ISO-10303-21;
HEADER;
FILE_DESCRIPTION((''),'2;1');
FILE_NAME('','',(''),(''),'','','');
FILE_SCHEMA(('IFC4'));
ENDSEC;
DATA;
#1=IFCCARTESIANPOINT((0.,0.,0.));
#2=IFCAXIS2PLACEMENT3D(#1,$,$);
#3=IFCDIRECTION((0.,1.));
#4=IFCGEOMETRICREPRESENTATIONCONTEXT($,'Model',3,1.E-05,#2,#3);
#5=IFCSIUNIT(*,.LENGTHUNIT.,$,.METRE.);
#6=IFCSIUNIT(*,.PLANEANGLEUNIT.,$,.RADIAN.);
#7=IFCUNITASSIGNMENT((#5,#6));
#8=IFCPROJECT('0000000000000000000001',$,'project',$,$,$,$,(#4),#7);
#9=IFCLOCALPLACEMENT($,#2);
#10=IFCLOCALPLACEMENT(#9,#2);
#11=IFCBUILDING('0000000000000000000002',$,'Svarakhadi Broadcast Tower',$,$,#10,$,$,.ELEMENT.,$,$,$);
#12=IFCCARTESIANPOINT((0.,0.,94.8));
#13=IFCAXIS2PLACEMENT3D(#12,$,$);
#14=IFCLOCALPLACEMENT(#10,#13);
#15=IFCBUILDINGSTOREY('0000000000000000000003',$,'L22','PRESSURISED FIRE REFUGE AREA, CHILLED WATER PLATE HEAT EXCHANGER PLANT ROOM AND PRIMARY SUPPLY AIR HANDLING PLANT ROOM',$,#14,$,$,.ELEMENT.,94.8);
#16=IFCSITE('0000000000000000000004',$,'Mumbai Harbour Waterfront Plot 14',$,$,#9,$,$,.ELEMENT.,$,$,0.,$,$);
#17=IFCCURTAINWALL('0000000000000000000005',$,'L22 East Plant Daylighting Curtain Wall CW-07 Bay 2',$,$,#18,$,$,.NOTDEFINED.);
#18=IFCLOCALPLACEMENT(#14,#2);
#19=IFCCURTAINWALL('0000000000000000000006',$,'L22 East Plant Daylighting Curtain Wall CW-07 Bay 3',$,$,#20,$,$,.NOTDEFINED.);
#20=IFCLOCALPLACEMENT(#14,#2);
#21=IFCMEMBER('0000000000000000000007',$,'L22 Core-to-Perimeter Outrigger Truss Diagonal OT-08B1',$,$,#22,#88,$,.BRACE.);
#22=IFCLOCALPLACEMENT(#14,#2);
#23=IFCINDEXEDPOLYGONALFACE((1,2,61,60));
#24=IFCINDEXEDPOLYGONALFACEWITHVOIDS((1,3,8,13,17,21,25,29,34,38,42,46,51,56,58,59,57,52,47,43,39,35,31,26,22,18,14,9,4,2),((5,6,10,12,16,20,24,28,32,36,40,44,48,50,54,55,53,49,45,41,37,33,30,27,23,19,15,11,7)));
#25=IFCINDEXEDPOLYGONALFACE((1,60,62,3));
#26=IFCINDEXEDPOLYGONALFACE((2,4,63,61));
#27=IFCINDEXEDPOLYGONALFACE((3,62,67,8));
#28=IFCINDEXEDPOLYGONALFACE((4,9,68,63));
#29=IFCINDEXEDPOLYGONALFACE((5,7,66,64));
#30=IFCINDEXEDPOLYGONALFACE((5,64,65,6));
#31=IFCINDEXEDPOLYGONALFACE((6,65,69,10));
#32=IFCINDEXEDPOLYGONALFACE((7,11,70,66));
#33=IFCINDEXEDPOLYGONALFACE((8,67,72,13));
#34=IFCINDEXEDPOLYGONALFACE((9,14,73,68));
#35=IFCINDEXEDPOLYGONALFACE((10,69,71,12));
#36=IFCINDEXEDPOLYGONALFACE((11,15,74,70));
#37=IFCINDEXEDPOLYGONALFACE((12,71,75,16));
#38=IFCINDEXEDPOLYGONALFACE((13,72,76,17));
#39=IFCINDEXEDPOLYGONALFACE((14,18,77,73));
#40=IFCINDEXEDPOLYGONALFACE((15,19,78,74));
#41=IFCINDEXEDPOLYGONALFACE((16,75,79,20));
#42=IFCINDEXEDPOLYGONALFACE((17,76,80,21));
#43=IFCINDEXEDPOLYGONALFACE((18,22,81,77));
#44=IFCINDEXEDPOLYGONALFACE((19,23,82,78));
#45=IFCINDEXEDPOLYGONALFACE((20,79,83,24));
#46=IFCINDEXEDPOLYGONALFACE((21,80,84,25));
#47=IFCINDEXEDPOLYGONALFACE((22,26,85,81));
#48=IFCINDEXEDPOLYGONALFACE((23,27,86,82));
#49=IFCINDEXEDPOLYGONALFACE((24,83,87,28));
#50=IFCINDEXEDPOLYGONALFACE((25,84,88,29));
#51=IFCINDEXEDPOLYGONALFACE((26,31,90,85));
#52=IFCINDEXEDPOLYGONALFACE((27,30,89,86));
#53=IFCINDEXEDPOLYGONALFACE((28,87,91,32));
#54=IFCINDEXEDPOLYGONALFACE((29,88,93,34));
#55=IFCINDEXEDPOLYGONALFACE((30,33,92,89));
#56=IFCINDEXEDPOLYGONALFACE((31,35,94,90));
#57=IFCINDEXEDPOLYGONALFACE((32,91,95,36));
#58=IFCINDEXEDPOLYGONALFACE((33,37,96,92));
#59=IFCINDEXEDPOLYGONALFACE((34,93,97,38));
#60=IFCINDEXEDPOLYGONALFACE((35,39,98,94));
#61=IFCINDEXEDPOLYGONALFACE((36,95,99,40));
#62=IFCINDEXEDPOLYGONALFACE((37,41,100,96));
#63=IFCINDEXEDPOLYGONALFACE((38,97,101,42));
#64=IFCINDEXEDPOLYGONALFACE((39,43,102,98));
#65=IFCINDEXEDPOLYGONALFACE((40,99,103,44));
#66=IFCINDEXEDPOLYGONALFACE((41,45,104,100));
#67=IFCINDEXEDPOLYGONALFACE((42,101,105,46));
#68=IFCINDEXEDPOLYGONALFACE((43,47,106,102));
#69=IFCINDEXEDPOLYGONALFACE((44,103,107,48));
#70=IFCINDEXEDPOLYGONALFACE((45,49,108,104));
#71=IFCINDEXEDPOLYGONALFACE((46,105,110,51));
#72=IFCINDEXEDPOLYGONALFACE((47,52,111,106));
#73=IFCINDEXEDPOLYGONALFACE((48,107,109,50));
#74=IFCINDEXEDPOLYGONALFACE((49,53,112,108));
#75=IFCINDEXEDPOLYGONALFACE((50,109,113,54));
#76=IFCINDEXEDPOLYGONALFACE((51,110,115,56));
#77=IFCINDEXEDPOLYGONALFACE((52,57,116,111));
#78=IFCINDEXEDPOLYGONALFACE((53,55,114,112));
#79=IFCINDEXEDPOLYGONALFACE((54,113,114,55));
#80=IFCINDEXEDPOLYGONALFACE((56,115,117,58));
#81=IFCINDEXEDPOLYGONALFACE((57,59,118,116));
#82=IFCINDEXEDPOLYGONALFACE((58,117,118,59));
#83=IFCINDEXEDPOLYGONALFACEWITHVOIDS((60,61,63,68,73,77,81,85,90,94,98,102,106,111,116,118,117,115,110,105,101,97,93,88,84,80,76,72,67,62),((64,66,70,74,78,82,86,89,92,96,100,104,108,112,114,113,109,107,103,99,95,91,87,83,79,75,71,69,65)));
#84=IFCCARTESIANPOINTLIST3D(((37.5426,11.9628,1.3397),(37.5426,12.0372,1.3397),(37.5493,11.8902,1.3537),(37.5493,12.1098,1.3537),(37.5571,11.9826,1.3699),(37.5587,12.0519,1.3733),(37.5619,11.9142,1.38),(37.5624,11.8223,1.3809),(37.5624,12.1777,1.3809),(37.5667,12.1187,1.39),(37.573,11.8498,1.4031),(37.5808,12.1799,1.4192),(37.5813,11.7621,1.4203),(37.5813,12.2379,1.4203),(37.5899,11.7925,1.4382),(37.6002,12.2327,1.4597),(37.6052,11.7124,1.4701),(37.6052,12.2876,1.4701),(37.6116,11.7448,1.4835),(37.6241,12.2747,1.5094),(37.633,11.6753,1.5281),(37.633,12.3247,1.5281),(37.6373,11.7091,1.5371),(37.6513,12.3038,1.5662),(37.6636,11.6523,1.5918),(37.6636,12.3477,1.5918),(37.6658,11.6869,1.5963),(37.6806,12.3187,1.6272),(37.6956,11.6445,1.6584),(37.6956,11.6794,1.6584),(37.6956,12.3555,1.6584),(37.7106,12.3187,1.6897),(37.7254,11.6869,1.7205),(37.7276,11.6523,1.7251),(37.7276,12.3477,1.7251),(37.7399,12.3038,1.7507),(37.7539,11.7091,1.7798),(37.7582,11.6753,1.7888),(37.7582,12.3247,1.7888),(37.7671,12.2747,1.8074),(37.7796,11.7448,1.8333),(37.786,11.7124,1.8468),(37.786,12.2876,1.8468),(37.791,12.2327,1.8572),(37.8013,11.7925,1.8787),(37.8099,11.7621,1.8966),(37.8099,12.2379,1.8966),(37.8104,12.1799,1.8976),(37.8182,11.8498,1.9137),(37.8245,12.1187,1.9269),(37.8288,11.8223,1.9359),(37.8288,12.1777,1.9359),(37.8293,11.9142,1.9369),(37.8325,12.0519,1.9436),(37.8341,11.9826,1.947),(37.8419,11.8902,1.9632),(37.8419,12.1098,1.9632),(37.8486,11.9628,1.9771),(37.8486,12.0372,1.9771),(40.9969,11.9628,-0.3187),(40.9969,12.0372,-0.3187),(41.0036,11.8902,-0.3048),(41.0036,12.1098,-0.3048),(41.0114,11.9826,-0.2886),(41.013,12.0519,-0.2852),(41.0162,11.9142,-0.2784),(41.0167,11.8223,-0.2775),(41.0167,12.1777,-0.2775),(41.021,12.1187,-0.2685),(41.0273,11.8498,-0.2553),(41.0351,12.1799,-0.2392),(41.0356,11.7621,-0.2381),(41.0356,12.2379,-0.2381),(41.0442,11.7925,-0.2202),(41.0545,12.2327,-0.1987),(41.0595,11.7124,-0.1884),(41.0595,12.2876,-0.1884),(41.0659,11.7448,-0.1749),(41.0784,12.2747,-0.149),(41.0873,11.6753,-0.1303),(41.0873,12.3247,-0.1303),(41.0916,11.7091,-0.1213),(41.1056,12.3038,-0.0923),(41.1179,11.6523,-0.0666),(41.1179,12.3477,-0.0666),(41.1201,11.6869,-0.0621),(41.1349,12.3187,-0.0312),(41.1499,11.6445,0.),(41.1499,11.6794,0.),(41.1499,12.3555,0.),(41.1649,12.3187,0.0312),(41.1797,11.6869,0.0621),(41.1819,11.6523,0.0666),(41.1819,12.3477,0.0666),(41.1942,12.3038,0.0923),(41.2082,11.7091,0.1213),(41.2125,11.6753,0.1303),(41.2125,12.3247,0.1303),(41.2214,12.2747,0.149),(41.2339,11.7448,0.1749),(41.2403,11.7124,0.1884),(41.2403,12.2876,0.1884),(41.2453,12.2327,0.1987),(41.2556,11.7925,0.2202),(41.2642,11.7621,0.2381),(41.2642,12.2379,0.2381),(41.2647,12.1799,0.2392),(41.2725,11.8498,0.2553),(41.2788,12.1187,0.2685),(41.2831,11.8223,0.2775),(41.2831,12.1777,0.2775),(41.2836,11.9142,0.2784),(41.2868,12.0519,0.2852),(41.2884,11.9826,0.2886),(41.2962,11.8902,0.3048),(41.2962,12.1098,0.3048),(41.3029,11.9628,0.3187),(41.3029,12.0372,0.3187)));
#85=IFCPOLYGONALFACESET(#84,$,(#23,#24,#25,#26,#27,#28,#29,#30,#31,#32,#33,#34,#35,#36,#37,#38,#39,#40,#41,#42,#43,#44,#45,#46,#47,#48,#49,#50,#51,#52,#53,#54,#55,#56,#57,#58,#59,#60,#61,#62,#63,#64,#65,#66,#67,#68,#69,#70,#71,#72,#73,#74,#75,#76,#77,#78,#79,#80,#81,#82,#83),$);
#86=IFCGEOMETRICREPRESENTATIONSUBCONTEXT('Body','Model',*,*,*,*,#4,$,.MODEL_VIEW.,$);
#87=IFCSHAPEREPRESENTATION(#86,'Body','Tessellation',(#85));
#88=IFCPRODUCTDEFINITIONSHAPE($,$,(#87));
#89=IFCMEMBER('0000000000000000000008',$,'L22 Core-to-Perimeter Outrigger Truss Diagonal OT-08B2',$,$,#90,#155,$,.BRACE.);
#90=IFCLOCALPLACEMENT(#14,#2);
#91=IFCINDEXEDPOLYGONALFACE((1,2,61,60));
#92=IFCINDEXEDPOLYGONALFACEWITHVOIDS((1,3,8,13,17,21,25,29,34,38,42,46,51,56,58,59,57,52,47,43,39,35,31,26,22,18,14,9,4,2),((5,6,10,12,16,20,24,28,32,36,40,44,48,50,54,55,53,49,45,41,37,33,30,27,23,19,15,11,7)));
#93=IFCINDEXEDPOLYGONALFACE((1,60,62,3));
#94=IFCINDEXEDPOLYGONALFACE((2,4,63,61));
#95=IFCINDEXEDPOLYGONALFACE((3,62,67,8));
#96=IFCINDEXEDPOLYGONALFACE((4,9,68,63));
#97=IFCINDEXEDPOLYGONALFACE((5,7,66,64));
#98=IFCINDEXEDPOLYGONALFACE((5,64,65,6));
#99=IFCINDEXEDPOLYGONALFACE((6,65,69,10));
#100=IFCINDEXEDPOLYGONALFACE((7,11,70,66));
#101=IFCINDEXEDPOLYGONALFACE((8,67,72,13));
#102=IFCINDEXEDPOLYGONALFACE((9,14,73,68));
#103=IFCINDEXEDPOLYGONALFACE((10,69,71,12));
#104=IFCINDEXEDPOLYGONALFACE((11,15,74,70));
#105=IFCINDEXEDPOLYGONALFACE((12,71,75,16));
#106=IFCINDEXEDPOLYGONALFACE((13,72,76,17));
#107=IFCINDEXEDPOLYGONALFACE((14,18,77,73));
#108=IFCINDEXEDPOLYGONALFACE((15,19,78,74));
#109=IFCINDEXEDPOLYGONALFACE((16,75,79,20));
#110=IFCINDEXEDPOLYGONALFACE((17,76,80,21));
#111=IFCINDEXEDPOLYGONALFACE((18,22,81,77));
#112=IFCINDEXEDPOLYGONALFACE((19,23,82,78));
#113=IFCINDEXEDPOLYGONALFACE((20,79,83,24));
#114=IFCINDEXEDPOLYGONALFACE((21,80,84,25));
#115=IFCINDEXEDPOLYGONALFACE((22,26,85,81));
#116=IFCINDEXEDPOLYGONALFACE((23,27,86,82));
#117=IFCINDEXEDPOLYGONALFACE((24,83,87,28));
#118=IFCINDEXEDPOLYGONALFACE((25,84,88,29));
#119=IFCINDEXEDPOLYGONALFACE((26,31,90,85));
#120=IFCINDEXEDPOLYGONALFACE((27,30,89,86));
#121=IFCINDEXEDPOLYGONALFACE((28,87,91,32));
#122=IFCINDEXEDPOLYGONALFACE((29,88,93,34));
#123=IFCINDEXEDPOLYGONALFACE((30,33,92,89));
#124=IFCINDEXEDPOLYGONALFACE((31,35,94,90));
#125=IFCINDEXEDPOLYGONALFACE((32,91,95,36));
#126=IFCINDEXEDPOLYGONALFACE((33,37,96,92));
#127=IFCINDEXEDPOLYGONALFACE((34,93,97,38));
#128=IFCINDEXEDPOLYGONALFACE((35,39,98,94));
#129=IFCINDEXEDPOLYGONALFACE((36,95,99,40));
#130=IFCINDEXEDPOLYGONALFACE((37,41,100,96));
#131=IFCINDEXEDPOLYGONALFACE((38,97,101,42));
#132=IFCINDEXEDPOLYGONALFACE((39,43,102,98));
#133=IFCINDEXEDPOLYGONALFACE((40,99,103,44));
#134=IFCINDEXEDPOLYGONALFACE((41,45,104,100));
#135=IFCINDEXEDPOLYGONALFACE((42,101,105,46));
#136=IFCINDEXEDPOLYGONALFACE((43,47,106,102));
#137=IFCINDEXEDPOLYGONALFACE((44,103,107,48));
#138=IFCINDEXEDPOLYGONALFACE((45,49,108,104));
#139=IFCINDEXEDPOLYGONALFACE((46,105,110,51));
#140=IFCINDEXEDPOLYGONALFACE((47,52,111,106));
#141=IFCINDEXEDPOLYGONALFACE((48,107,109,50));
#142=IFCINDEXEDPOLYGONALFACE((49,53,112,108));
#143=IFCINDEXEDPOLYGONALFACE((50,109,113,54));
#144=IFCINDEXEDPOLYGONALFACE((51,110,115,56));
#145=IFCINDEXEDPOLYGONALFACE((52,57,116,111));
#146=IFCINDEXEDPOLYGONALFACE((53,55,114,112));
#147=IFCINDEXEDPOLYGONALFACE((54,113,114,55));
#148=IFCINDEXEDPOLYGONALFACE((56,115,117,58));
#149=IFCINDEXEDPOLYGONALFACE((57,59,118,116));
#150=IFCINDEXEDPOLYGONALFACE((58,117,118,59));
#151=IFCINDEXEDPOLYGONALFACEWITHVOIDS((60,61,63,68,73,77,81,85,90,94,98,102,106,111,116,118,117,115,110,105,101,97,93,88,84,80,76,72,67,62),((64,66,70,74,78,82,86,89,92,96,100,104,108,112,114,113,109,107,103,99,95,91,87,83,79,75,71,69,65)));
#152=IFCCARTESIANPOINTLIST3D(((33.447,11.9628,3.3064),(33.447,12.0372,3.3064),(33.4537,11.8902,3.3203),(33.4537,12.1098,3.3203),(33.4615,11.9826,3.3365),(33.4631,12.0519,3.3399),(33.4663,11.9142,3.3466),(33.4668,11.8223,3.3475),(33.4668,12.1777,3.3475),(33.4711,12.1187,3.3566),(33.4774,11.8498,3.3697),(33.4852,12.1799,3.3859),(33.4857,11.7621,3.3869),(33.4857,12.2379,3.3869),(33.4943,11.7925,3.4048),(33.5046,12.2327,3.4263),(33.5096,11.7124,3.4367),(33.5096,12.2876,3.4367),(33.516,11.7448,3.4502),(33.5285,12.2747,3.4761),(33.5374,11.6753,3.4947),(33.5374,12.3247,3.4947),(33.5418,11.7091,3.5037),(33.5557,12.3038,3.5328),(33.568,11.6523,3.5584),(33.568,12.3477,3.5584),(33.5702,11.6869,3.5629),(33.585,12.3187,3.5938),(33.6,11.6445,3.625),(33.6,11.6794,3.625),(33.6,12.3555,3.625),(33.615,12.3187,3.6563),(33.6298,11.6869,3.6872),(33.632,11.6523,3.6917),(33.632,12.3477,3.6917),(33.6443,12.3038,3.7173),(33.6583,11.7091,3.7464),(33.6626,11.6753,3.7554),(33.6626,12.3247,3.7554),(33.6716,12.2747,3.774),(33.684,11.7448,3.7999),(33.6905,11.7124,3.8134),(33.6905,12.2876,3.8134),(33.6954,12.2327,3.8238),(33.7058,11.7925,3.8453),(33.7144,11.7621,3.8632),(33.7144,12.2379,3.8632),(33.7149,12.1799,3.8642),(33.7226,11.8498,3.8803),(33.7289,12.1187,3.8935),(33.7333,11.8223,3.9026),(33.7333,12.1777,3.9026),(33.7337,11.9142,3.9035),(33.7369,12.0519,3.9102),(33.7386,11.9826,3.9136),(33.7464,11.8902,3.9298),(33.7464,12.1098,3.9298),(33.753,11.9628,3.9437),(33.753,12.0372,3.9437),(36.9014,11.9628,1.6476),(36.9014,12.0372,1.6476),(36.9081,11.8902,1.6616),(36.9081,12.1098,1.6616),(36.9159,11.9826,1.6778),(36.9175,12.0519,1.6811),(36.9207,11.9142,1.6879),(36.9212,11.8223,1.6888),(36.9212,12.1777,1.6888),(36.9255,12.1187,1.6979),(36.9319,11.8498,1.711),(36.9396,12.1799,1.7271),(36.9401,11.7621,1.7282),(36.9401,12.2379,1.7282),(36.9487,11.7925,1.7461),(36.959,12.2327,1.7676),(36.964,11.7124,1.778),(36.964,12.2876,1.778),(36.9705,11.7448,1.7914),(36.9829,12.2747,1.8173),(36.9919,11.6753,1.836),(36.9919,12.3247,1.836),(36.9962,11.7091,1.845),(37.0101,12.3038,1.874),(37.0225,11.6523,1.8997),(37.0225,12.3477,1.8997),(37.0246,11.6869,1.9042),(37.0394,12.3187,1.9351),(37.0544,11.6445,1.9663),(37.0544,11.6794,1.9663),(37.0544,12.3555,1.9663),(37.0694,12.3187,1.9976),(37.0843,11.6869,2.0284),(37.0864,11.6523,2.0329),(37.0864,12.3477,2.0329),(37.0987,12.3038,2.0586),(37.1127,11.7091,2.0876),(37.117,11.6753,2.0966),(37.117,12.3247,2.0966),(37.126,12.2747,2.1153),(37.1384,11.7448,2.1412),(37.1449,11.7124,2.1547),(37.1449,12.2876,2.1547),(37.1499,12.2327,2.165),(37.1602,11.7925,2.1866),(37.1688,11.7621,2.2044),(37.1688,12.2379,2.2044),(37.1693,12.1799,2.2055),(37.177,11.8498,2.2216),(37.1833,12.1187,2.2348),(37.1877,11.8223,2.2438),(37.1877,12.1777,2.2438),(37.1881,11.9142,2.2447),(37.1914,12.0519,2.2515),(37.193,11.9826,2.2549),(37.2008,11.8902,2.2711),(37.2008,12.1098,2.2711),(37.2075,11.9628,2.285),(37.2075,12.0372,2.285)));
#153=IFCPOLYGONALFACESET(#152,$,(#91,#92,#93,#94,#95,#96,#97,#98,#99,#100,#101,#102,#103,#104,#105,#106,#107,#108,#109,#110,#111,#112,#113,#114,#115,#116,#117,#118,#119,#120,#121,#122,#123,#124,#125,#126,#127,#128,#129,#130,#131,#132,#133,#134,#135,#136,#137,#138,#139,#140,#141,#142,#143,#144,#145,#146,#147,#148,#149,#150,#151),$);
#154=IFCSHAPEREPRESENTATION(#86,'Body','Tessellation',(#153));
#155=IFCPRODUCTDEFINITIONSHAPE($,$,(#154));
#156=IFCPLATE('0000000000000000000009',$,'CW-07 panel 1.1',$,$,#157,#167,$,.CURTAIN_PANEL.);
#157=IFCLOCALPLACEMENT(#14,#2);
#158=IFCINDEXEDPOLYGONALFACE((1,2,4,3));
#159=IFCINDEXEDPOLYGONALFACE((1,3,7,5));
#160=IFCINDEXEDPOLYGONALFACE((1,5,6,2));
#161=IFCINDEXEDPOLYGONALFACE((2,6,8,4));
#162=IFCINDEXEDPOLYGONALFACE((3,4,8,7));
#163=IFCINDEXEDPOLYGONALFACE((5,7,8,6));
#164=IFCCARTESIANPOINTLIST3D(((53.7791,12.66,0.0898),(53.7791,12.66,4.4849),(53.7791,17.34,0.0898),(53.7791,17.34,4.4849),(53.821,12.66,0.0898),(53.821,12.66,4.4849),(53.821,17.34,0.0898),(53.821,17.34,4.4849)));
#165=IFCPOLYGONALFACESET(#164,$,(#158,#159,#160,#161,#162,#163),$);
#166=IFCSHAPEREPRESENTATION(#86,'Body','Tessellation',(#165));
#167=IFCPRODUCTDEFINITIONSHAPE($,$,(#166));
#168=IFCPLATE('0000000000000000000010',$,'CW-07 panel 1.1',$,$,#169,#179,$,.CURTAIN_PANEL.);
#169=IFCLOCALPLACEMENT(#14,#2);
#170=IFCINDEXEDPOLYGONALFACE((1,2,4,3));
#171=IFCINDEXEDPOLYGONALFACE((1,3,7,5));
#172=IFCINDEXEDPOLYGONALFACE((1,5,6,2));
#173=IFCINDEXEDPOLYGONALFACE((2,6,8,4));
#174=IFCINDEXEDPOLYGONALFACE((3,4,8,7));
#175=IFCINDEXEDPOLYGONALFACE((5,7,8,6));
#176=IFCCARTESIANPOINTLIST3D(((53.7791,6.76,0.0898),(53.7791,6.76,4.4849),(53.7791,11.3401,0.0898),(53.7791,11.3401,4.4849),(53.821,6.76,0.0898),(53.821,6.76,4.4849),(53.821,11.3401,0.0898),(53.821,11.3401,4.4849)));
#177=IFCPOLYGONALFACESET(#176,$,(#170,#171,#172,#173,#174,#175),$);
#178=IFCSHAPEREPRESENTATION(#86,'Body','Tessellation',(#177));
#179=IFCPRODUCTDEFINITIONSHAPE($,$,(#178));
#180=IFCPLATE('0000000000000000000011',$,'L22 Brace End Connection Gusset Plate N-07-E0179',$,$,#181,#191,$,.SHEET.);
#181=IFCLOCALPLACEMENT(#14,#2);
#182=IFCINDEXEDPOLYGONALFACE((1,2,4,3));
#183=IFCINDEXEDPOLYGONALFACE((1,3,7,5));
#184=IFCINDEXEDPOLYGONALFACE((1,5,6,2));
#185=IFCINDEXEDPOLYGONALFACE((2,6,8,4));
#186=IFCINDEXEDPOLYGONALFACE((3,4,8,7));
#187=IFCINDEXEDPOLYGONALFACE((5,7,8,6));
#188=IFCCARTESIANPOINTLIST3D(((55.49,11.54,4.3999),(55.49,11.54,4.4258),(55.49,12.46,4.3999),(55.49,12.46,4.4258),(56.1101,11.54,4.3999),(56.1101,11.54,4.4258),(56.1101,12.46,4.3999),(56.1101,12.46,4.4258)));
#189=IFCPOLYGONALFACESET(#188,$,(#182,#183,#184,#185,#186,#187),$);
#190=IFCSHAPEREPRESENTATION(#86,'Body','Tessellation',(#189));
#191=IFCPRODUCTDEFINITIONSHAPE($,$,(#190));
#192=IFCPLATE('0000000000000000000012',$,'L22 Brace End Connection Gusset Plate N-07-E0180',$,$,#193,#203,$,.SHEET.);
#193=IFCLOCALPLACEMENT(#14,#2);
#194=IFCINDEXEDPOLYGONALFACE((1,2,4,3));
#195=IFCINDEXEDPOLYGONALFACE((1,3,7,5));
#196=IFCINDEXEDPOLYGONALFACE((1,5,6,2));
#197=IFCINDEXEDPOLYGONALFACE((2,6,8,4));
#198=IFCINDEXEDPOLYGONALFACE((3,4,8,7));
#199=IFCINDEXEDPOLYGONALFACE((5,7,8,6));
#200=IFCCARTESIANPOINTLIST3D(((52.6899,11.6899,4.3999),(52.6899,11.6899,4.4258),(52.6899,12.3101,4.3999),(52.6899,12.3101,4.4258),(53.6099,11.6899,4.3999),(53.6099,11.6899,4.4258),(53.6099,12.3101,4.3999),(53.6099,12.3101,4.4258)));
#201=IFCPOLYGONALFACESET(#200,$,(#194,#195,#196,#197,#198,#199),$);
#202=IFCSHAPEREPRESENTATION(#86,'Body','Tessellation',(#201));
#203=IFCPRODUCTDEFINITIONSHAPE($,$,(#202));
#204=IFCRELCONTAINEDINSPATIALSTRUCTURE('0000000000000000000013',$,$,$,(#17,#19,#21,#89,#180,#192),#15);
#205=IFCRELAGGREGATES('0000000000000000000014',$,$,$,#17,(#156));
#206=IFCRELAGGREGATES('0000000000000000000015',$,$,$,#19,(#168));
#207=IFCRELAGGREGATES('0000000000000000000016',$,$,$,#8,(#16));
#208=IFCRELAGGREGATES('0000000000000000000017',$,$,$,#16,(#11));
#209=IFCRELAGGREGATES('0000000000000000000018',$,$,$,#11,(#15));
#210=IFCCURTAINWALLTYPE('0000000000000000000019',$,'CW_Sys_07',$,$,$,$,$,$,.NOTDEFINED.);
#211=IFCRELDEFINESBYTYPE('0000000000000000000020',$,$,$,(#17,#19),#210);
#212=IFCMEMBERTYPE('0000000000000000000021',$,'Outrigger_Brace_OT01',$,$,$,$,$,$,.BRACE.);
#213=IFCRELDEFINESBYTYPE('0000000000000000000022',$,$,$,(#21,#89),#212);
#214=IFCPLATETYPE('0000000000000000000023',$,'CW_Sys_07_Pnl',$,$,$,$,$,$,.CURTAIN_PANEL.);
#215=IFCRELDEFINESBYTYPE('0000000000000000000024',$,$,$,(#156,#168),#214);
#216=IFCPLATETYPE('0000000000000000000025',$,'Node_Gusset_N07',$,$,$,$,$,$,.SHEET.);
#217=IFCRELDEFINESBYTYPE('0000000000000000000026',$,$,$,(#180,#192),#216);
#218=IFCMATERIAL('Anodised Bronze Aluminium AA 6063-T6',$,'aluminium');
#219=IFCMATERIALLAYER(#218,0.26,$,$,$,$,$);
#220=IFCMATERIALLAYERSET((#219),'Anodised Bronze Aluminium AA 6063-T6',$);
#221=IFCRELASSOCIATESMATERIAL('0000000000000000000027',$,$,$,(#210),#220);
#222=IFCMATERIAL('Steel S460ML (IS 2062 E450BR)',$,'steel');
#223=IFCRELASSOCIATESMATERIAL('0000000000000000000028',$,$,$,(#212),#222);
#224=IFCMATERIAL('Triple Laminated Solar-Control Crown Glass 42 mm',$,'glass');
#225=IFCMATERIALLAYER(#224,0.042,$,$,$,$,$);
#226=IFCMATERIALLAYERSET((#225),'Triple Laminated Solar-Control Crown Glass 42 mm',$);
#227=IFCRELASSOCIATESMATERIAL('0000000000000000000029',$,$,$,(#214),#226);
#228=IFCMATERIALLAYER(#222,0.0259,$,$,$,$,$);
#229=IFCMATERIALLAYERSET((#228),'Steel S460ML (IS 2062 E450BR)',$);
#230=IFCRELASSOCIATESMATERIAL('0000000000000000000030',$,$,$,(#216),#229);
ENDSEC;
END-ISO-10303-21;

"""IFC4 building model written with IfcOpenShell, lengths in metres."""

from ifc_helpers import new_model, si_unit, direction, frame, origin, origin_2d, place, context, subcontext, project, spatial, rectangle, hollow_circle, extrude, material, layer, layer_set, material_profile, profile_set, type_object, element, aggregate, save


model = new_model("IFC4")

# Units and contexts
model_context = context("Model", 3, precision=1e-05, world=origin(), true_north=direction((0.0, 1.0)))
body_context = subcontext(model_context, "Body", "Model", "MODEL_VIEW")
ifc_project = project(units=[si_unit("LENGTHUNIT", "METRE"), si_unit("PLANEANGLEUNIT", "RADIAN")], contexts=[model_context])

# Site, building, storey
site_placement = place(None, origin())
site = spatial("IfcSite", under=ifc_project, at=site_placement, Name="Mumbai Harbour Waterfront Plot 14", CompositionType="ELEMENT", RefElevation=0.0)
building_placement = place(site_placement, origin())
building = spatial("IfcBuilding", under=site, at=building_placement, Name="Svarakhadi Broadcast Tower", CompositionType="ELEMENT")
storey_placement = place(building_placement, frame((0.0, 0.0, 94.8)))
storey = spatial("IfcBuildingStorey", under=building, at=storey_placement, Name="L22", Description="PRESSURISED FIRE REFUGE AREA, CHILLED WATER PLATE HEAT EXCHANGER PLANT ROOM AND PRIMARY SUPPLY AIR HANDLING PLANT ROOM", CompositionType="ELEMENT", Elevation=94.8)

# Shared definitions
ifc_material_1 = material(Name="Steel S460ML (IS 2062 E450BR)", Category="steel")

# Curtain wall
ifc_material_2 = material(Name="Anodised Bronze Aluminium AA 6063-T6", Category="aluminium")
ifc_layer_1 = layer(ifc_material_2, 0.26)
ifc_layer_set_1 = layer_set([ifc_layer_1], Name="Anodised Bronze Aluminium AA 6063-T6")
curtain_wall_type = type_object("IfcCurtainWallType", Name="CW_Sys_07", PredefinedType="NOTDEFINED", material=ifc_layer_set_1)
curtain_wall_1_placement = place(storey_placement, origin())
curtain_wall_1 = element("IfcCurtainWall", 1, at=curtain_wall_1_placement, inside=storey, type_object=curtain_wall_type, Name="L22 East Plant Daylighting Curtain Wall CW-07 Bay 2", PredefinedType="NOTDEFINED")

# Curtain wall
curtain_wall_2_placement = place(storey_placement, origin())
curtain_wall_2 = element("IfcCurtainWall", 2, at=curtain_wall_2_placement, inside=storey, type_object=curtain_wall_type, Name="L22 East Plant Daylighting Curtain Wall CW-07 Bay 3", PredefinedType="NOTDEFINED")

# Members
ifc_material_profile_1 = material_profile(ifc_material_1, hollow_circle(Radius=0.3555, WallThickness=0.0349, at=origin_2d()), Name="CHS 711x35")
ifc_profile_set_1 = profile_set([ifc_material_profile_1], Name="Steel S460ML (IS 2062 E450BR)")
member_type_1 = type_object("IfcMemberType", Name="Outrigger_Brace_OT01", PredefinedType="BRACE", material=ifc_profile_set_1)
member_1_placement = place(storey_placement, frame((41.1499, 12.0, 0.0), z_axis=(-0.901486, 0.0, 0.432808), x_axis=(0.0, -1.0, 0.0)))
element("IfcMember", 3, at=member_1_placement, inside=storey, type_object=member_type_1, Name="L22 Core-to-Perimeter Outrigger Truss Diagonal OT-08B1", PredefinedType="BRACE", context=body_context, shape_type="SweptSolid", body=[
    extrude(hollow_circle(Radius=0.3555, WallThickness=0.0349, at=origin_2d()), origin(), (0.0, 0.0, 1.0), 3.8318),
])
member_2_placement = place(storey_placement, frame((37.0544, 12.0, 1.9663), z_axis=(-0.901461, 0.0, 0.432859), x_axis=(0.0, -1.0, 0.0)))
element("IfcMember", 4, at=member_2_placement, inside=storey, type_object=member_type_1, Name="L22 Core-to-Perimeter Outrigger Truss Diagonal OT-08B2", PredefinedType="BRACE", context=body_context, shape_type="SweptSolid", body=[
    extrude(hollow_circle(Radius=0.3555, WallThickness=0.0349, at=origin_2d()), origin(), (0.0, 0.0, 1.0), 3.832),
])

# Plates
ifc_material_3 = material(Name="Triple Laminated Solar-Control Crown Glass 42 mm", Category="glass")
ifc_layer_2 = layer(ifc_material_3, 0.042)
ifc_layer_set_2 = layer_set([ifc_layer_2], Name="Triple Laminated Solar-Control Crown Glass 42 mm")
plate_type_1 = type_object("IfcPlateType", Name="CW_Sys_07_Pnl", PredefinedType="CURTAIN_PANEL", material=ifc_layer_set_2)
plate_1_placement = place(storey_placement, frame((53.8, 15.0, 0.0898), z_axis=(0.0, 0.0, 1.0), x_axis=(0.0, -1.0, 0.0)))
plate_1 = element("IfcPlate", 5, at=plate_1_placement, type_object=plate_type_1, Name="CW-07 panel 1.1", PredefinedType="CURTAIN_PANEL", context=body_context, shape_type="SweptSolid", body=[
    extrude(rectangle(XDim=4.6799, YDim=0.042, at=origin_2d()), origin(), (0.0, 0.0, 1.0), 4.395),
])
aggregate(curtain_wall_1, [plate_1])
plate_2_placement = place(storey_placement, frame((53.8, 9.05, 0.0898), z_axis=(0.0, 0.0, 1.0), x_axis=(0.0, -1.0, 0.0)))
plate_2 = element("IfcPlate", 6, at=plate_2_placement, type_object=plate_type_1, Name="CW-07 panel 1.1", PredefinedType="CURTAIN_PANEL", context=body_context, shape_type="SweptSolid", body=[
    extrude(rectangle(XDim=4.5801, YDim=0.042, at=origin_2d()), origin(), (0.0, 0.0, 1.0), 4.395),
])
aggregate(curtain_wall_2, [plate_2])

# Plates
ifc_layer_3 = layer(ifc_material_1, 0.0259)
ifc_layer_set_3 = layer_set([ifc_layer_3], Name="Steel S460ML (IS 2062 E450BR)")
plate_type_2 = type_object("IfcPlateType", Name="Node_Gusset_N07", PredefinedType="SHEET", material=ifc_layer_set_3)
for number, where, z_axis, x_axis, name in (
    (7, (55.8, 12.0, 4.3999), (0.0, 0.0, 1.0), (0.0, 1.0, 0.0), "L22 Brace End Connection Gusset Plate N-07-E0179"),
    (8, (53.1499, 12.0, 4.3999), (0.0, 0.0, 1.0), (1.0, 0.0, 0.0), "L22 Brace End Connection Gusset Plate N-07-E0180"),
):
    element("IfcPlate", number, at=place(storey_placement, frame(where, z_axis=z_axis, x_axis=x_axis)), inside=storey, type_object=plate_type_2, Name=name, PredefinedType="SHEET", context=body_context, shape_type="SweptSolid", body=[
        extrude(rectangle(XDim=0.9199, YDim=0.6201, at=origin_2d()), origin(), (0.0, 0.0, 1.0), 0.0259),
    ])

save(model, "model.ifc")
